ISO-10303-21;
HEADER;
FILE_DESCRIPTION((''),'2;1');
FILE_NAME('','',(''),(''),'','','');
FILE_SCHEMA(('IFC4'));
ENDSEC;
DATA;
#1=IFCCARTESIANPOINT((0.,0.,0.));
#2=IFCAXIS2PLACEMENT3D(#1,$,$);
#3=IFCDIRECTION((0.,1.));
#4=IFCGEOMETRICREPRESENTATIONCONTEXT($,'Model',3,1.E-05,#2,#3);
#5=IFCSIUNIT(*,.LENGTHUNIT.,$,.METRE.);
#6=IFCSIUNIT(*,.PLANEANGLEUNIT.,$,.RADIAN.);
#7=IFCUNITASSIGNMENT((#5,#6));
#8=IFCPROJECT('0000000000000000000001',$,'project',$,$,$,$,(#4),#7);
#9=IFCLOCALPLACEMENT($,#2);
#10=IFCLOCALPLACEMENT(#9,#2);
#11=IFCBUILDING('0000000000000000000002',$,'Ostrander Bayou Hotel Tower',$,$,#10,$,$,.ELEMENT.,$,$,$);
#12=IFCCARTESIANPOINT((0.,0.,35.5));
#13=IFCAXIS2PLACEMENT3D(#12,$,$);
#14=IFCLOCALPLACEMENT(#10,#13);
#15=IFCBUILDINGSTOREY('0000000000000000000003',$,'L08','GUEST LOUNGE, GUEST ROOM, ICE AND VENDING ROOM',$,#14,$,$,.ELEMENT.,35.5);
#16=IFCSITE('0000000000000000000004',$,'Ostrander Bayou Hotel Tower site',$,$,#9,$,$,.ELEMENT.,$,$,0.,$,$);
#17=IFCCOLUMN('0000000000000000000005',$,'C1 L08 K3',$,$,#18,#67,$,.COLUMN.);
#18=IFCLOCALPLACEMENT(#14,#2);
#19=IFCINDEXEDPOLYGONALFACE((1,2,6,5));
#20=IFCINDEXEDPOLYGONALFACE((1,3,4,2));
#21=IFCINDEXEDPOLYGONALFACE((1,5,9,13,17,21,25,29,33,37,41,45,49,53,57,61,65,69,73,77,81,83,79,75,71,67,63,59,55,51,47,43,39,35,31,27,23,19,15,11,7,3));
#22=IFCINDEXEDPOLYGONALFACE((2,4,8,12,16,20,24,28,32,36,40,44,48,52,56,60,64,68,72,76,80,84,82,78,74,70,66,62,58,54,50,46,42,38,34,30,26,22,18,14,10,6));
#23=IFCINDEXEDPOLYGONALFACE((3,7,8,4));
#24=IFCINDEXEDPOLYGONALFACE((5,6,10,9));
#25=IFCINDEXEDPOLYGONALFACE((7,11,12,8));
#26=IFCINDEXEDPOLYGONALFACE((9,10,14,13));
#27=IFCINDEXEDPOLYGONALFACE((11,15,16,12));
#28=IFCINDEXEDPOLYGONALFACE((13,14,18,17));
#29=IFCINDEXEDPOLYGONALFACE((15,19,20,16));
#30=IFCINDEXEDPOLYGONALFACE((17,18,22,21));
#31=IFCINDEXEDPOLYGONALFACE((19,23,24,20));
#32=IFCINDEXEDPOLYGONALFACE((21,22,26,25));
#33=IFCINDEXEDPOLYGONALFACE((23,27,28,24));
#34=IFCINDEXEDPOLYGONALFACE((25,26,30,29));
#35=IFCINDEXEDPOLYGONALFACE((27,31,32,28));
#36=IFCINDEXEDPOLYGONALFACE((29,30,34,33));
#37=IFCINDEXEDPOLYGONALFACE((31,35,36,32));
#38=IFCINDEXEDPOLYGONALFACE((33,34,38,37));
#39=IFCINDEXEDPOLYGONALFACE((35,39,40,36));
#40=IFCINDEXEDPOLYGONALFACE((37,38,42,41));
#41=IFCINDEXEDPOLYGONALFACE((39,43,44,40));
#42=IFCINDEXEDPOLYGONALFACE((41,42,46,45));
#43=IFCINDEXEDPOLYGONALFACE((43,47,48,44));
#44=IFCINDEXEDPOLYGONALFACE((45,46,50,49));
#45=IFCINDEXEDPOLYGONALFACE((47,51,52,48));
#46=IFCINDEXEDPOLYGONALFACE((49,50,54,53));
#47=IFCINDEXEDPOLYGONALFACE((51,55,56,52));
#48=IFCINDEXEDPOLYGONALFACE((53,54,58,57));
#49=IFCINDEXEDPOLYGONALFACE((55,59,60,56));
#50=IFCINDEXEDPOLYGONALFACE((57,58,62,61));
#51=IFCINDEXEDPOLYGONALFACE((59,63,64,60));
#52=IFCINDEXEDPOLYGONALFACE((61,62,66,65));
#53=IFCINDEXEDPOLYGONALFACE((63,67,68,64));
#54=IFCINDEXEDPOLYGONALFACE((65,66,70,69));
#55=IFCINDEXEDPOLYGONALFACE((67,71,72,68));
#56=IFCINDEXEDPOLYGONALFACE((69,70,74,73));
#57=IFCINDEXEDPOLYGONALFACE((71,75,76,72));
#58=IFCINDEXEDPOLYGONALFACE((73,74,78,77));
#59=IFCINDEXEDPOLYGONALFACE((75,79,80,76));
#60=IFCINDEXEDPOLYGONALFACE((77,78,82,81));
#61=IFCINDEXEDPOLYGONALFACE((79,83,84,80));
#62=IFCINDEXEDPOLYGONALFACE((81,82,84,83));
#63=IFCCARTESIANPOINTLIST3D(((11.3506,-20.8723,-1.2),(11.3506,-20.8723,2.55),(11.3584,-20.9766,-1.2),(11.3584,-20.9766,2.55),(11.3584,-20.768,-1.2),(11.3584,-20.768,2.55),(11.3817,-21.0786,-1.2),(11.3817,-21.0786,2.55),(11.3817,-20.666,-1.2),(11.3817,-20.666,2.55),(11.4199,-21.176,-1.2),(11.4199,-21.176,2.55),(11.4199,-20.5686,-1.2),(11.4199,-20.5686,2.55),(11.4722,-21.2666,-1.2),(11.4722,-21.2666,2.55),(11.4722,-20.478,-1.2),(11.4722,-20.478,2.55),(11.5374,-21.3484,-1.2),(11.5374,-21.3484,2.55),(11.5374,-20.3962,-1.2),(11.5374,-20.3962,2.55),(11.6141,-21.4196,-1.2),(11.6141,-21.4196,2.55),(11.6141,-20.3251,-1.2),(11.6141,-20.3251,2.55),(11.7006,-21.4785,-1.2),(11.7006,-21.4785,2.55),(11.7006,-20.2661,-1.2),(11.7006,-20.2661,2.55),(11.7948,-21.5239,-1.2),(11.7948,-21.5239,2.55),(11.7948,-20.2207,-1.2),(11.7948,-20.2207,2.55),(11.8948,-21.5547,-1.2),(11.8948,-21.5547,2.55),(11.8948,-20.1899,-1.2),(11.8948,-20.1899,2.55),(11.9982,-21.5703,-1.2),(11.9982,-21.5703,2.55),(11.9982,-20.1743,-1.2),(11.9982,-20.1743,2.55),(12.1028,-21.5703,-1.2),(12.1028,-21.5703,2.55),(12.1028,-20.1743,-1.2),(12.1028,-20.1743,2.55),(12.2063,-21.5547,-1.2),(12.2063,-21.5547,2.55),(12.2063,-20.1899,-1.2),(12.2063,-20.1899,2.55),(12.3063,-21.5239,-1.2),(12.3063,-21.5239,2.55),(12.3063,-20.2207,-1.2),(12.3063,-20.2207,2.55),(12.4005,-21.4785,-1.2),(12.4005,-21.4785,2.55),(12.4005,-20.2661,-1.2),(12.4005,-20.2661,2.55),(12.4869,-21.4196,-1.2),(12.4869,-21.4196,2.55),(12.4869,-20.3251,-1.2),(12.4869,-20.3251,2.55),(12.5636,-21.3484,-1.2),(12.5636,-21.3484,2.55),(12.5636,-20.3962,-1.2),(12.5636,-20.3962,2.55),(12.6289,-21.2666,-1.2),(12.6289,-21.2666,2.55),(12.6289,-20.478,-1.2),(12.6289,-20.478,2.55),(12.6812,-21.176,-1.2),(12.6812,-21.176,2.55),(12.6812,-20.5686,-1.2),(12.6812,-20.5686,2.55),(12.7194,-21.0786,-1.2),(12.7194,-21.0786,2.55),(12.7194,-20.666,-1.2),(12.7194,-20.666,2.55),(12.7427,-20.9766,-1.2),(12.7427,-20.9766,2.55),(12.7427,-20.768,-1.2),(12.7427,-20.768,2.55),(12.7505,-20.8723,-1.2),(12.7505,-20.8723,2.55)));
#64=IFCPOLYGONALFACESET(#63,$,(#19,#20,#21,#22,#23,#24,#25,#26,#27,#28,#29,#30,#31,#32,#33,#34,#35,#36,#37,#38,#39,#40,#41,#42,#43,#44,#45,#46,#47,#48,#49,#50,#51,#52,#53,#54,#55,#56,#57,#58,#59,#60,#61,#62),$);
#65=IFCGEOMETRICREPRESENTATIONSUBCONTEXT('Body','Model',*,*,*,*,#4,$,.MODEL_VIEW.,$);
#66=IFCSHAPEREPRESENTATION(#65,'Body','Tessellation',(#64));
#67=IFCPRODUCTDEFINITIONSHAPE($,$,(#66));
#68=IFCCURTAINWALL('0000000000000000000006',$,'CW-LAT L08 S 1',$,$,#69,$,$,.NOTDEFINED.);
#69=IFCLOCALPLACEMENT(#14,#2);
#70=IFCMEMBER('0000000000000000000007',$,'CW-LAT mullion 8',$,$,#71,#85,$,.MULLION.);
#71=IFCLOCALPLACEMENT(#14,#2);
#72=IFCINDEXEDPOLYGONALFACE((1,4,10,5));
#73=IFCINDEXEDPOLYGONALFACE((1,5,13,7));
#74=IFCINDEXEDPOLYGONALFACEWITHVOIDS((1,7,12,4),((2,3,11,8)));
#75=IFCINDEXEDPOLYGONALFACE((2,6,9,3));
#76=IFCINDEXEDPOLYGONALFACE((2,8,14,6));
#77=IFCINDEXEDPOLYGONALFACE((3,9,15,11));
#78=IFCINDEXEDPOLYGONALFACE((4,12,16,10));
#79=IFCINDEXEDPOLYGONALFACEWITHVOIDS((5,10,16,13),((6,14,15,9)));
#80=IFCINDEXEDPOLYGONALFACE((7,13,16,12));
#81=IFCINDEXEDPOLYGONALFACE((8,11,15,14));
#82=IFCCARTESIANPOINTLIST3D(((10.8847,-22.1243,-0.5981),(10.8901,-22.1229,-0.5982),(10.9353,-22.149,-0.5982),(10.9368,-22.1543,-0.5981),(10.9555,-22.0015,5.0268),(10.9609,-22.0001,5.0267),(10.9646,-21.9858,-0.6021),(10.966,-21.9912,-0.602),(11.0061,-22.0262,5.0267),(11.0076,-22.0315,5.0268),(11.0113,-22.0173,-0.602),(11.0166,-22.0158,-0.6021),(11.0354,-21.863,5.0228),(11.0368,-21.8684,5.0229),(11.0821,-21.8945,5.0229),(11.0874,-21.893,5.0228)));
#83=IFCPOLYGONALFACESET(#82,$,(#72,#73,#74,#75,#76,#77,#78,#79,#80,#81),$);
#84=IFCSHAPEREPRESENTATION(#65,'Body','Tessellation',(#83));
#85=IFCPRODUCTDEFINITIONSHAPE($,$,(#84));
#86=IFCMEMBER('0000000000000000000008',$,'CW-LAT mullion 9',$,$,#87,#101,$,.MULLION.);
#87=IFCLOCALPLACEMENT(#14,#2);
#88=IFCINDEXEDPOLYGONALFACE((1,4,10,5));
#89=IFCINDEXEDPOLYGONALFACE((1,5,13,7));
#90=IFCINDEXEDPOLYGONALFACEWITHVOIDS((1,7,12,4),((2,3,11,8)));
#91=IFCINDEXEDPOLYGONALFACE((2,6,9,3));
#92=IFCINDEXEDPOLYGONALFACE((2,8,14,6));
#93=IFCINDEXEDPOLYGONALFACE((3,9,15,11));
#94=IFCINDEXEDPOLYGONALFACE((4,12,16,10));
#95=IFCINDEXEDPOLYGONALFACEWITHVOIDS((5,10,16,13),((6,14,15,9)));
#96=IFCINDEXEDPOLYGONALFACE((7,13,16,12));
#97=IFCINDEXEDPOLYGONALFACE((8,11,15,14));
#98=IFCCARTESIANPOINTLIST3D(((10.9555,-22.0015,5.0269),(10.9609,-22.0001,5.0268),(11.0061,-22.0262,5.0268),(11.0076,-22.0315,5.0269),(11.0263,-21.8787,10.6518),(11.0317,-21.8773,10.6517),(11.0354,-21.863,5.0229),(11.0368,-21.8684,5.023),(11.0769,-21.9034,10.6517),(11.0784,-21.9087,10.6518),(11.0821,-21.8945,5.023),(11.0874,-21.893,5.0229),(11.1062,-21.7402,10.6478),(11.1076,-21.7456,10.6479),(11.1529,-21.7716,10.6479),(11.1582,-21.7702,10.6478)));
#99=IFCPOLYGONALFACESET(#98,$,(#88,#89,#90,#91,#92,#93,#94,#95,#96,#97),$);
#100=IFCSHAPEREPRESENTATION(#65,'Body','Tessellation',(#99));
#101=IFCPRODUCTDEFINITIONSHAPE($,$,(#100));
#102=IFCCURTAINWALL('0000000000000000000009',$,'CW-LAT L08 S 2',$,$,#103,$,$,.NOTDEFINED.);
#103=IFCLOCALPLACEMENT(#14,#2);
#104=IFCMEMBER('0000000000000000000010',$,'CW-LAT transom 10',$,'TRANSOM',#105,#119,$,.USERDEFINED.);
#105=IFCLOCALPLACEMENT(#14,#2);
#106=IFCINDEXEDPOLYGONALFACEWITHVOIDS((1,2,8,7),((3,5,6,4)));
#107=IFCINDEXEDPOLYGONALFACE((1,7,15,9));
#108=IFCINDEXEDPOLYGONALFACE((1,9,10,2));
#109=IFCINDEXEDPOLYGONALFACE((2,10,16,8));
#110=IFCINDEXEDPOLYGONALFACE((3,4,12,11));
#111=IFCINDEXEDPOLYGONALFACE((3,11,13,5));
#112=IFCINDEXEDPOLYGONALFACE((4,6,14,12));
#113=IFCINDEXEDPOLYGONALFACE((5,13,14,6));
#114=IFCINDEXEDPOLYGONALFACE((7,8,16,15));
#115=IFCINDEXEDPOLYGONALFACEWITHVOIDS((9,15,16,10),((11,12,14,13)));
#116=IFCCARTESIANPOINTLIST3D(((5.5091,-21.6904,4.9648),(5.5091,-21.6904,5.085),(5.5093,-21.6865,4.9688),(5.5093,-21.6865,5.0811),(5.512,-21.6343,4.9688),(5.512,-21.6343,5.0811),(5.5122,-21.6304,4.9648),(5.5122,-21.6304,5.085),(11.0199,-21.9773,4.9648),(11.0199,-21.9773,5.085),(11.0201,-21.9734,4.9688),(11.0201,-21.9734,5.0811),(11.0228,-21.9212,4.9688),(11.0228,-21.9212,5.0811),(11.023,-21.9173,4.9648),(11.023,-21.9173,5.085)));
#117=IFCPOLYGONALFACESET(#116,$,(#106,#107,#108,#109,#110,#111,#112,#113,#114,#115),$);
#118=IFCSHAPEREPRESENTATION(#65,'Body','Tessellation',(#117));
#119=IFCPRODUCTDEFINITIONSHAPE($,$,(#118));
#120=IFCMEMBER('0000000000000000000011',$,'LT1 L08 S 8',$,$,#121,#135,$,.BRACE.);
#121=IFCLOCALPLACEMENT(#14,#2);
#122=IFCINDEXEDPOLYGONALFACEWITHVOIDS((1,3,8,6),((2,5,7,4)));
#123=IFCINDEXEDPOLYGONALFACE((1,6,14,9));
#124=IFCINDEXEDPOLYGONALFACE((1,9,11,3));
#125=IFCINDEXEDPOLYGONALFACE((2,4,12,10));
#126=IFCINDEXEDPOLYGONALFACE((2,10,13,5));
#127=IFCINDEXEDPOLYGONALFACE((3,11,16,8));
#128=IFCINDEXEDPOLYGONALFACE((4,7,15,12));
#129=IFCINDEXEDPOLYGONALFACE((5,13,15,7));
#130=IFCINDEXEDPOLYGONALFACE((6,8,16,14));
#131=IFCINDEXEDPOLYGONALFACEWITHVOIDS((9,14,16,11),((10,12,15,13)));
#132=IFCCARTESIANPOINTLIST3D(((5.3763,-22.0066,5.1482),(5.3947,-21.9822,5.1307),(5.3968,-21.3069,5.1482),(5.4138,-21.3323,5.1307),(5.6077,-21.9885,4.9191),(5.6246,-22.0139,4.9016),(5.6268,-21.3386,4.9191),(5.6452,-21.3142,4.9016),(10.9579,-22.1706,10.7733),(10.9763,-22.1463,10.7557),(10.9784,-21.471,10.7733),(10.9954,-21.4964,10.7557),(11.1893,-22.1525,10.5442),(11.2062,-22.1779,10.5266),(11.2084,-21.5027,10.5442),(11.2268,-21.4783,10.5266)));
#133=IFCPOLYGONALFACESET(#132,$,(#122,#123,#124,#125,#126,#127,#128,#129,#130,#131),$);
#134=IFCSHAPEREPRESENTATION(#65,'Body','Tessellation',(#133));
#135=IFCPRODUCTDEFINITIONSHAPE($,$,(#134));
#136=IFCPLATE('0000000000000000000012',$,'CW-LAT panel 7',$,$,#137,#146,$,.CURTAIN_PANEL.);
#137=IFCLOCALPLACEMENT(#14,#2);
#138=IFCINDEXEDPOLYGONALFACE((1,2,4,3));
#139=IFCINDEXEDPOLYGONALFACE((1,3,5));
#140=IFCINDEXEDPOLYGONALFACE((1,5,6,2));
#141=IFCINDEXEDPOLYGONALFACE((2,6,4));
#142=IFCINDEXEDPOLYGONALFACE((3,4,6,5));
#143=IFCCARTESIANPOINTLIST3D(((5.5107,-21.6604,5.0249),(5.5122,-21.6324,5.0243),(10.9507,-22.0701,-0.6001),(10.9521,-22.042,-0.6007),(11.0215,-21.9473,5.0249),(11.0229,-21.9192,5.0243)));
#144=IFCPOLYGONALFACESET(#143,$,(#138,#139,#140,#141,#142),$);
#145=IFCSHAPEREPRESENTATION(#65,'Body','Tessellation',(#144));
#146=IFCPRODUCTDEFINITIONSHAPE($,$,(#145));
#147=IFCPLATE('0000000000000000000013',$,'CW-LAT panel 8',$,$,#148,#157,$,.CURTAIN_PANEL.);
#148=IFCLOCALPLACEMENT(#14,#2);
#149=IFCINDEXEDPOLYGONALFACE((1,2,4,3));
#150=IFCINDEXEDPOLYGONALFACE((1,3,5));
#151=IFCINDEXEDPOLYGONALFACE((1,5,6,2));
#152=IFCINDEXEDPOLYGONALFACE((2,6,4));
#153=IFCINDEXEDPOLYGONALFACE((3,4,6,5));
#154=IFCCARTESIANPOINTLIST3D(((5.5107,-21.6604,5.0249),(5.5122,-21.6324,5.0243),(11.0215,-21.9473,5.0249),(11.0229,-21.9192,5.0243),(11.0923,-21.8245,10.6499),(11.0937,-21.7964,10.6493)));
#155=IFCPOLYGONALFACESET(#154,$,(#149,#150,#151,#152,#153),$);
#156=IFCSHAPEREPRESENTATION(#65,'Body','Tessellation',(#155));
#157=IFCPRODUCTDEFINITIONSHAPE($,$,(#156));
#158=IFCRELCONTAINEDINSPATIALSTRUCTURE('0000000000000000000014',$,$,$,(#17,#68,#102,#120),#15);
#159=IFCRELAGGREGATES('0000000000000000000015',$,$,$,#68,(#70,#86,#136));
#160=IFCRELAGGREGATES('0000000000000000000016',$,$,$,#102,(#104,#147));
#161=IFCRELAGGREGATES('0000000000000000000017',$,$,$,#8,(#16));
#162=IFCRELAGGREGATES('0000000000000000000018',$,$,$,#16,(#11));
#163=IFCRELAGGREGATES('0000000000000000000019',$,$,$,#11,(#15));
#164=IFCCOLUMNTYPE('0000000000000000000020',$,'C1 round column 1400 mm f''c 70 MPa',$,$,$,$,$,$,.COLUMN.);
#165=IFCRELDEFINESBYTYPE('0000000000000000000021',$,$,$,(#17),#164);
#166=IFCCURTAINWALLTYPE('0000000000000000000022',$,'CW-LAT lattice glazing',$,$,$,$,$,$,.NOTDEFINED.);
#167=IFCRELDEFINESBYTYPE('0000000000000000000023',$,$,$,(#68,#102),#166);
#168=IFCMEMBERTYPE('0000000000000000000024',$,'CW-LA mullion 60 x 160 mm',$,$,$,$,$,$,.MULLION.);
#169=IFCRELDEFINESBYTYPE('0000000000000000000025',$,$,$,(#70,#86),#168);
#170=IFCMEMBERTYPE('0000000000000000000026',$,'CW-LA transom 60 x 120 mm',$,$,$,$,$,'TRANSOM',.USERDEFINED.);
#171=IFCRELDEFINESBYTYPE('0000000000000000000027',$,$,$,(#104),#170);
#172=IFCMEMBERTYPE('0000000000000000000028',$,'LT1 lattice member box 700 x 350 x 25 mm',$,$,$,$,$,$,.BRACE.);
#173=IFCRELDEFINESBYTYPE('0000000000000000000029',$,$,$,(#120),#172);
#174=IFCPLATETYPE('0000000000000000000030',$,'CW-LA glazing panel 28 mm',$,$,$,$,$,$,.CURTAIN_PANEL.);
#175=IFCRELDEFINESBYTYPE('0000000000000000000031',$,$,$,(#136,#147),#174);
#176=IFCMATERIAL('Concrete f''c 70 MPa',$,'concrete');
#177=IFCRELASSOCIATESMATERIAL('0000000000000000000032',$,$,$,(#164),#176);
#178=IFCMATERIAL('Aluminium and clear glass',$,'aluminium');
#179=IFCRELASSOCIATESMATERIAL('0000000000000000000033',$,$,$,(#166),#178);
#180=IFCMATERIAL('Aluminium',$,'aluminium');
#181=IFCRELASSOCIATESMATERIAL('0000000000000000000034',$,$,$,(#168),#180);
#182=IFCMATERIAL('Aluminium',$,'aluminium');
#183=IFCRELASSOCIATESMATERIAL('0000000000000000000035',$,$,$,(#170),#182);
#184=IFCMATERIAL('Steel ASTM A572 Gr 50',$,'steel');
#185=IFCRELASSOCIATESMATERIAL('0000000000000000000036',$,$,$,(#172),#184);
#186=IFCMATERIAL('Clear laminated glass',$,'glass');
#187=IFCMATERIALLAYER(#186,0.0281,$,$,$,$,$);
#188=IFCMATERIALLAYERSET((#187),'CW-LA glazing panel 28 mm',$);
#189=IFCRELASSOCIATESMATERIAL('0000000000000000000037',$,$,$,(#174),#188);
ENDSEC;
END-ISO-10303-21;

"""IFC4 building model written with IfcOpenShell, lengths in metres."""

from ifc_helpers import new_model, si_unit, direction, frame, origin, origin_2d, place, context, subcontext, project, spatial, polyline, hollow_rectangle, circle, outline, extrude, material, layer, layer_set, material_profile, profile_set, type_object, element, aggregate, save


model = new_model("IFC4")

# Units and contexts
model_context = context("Model", 3, precision=1e-05, world=origin(), true_north=direction((0.0, 1.0)))
body_context = subcontext(model_context, "Body", "Model", "MODEL_VIEW")
ifc_project = project(units=[si_unit("LENGTHUNIT", "METRE"), si_unit("PLANEANGLEUNIT", "RADIAN")], contexts=[model_context])

# Site, building, storey
site_placement = place(None, origin())
site = spatial("IfcSite", under=ifc_project, at=site_placement, Name="Ostrander Bayou Hotel Tower site", CompositionType="ELEMENT", RefElevation=0.0)
building_placement = place(site_placement, origin())
building = spatial("IfcBuilding", under=site, at=building_placement, Name="Ostrander Bayou Hotel Tower", CompositionType="ELEMENT")
storey_placement = place(building_placement, frame((0.0, 0.0, 35.5)))
storey = spatial("IfcBuildingStorey", under=building, at=storey_placement, Name="L08", Description="GUEST LOUNGE, GUEST ROOM, ICE AND VENDING ROOM", CompositionType="ELEMENT", Elevation=35.5)

# Column
ifc_material_1 = material(Name="Concrete f'c 70 MPa", Category="concrete")
ifc_material_profile_1 = material_profile(ifc_material_1, circle(Radius=0.7, at=origin_2d()))
ifc_profile_set_1 = profile_set([ifc_material_profile_1], Name="Concrete f'c 70 MPa")
column_type = type_object("IfcColumnType", Name="C1 round column 1400 mm f'c 70 MPa", PredefinedType="COLUMN", material=ifc_profile_set_1)
column_placement = place(storey_placement, frame((12.0505, -20.8723, -1.2), z_axis=(0.0, 0.0, 1.0), x_axis=(1.0, 0.0, 0.0)))
element("IfcColumn", 1, at=column_placement, inside=storey, type_object=column_type, Name="C1 L08 K3", PredefinedType="COLUMN", context=body_context, shape_type="SweptSolid", body=[
    extrude(circle(Radius=0.7, at=origin_2d()), origin(), (0.0, 0.0, 1.0), 3.75),
])

# Curtain wall, members
ifc_material_2 = material(Name="Aluminium and clear glass", Category="aluminium")
curtain_wall_type = type_object("IfcCurtainWallType", Name="CW-LAT lattice glazing", PredefinedType="NOTDEFINED", material=ifc_material_2)
curtain_wall_1_placement = place(storey_placement, origin())
curtain_wall_1 = element("IfcCurtainWall", 2, at=curtain_wall_1_placement, inside=storey, type_object=curtain_wall_type, Name="CW-LAT L08 S 1", PredefinedType="NOTDEFINED")
ifc_material_3 = material(Name="Aluminium", Category="aluminium")
ifc_material_profile_2 = material_profile(ifc_material_3, hollow_rectangle(XDim=0.0601, YDim=0.1599, WallThickness=0.0039, at=origin_2d()))
ifc_profile_set_2 = profile_set([ifc_material_profile_2], Name="Aluminium")
member_type_1 = type_object("IfcMemberType", Name="CW-LA mullion 60 x 160 mm", PredefinedType="MULLION", material=ifc_profile_set_2)
member_1_placement = place(storey_placement, frame((10.9507, -22.0701, -0.6001), z_axis=(0.012583, 0.021825, 0.999683), x_axis=(-0.866329, 0.499474, 0.0)))
member_1 = element("IfcMember", 3, at=member_1_placement, type_object=member_type_1, Name="CW-LAT mullion 8", PredefinedType="MULLION", context=body_context, shape_type="SweptSolid", body=[
    extrude(hollow_rectangle(XDim=0.0601, YDim=0.1599, WallThickness=0.0039, at=origin_2d()), origin(), (0.0, 0.0, 1.0), 5.6267),
])
member_2_placement = place(storey_placement, frame((11.0215, -21.9473, 5.0249), z_axis=(0.012583, 0.021825, 0.999683), x_axis=(-0.866329, 0.499474, 0.0)))
member_2 = element("IfcMember", 4, at=member_2_placement, type_object=member_type_1, Name="CW-LAT mullion 9", PredefinedType="MULLION", context=body_context, shape_type="SweptSolid", body=[
    extrude(hollow_rectangle(XDim=0.0601, YDim=0.1599, WallThickness=0.0039, at=origin_2d()), origin(), (0.0, 0.0, 1.0), 5.6267),
])

# Curtain wall, member
curtain_wall_2_placement = place(storey_placement, origin())
curtain_wall_2 = element("IfcCurtainWall", 5, at=curtain_wall_2_placement, inside=storey, type_object=curtain_wall_type, Name="CW-LAT L08 S 2", PredefinedType="NOTDEFINED")
ifc_material_4 = material(Name="Aluminium", Category="aluminium")
ifc_material_profile_3 = material_profile(ifc_material_4, hollow_rectangle(XDim=0.0601, YDim=0.1201, WallThickness=0.0039, at=origin_2d()))
ifc_profile_set_3 = profile_set([ifc_material_profile_3], Name="Aluminium")
member_type_2 = type_object("IfcMemberType", Name="CW-LA transom 60 x 120 mm", ElementType="TRANSOM", PredefinedType="USERDEFINED", material=ifc_profile_set_3)
member_3_placement = place(storey_placement, frame((11.0215, -21.9473, 5.0249), z_axis=(-0.998648, 0.051985, 0.0), x_axis=(-0.051985, -0.998648, 0.0)))
member_3 = element("IfcMember", 6, at=member_3_placement, type_object=member_type_2, Name="CW-LAT transom 10", ObjectType="TRANSOM", PredefinedType="USERDEFINED", context=body_context, shape_type="SweptSolid", body=[
    extrude(hollow_rectangle(XDim=0.0601, YDim=0.1201, WallThickness=0.0039, at=origin_2d()), origin(), (0.0, 0.0, 1.0), 5.5183),
])

# Member
ifc_material_5 = material(Name="Steel ASTM A572 Gr 50", Category="steel")
ifc_material_profile_4 = material_profile(ifc_material_5, hollow_rectangle(XDim=0.7, YDim=0.3501, WallThickness=0.0249, at=origin_2d()))
ifc_profile_set_4 = profile_set([ifc_material_profile_4], Name="Steel ASTM A572 Gr 50")
member_type_3 = type_object("IfcMemberType", Name="LT1 lattice member box 700 x 350 x 25 mm", PredefinedType="BRACE", material=ifc_profile_set_4)
member_4_placement = place(storey_placement, frame((5.5107, -21.6604, 5.0249), z_axis=(0.704209, -0.020699, 0.709691), x_axis=(0.029381, 0.999568, 0.0)))
element("IfcMember", 7, at=member_4_placement, inside=storey, type_object=member_type_3, Name="LT1 L08 S 8", PredefinedType="BRACE", context=body_context, shape_type="SweptSolid", body=[
    extrude(hollow_rectangle(XDim=0.7, YDim=0.3501, WallThickness=0.0249, at=origin_2d()), origin(), (0.0, 0.0, 1.0), 7.926),
])

# Plates
ifc_material_6 = material(Name="Clear laminated glass", Category="glass")
ifc_layer_1 = layer(ifc_material_6, 0.0281)
ifc_layer_set_1 = layer_set([ifc_layer_1], Name="CW-LA glazing panel 28 mm")
plate_type = type_object("IfcPlateType", Name="CW-LA glazing panel 28 mm", PredefinedType="CURTAIN_PANEL", material=ifc_layer_set_1)
plate_1_placement = place(storey_placement, frame((5.5107, -21.6604, 5.0249), z_axis=(-0.051972, -0.998396, 0.022451), x_axis=(0.694233, -0.052281, -0.717849)))
plate_1 = element("IfcPlate", 8, at=plate_1_placement, type_object=plate_type, Name="CW-LAT panel 7", PredefinedType="CURTAIN_PANEL", context=body_context, shape_type="SweptSolid", body=[
    extrude(outline(polyline([(0.0, 0.0), (7.8359, 0.0), (3.8407, 3.9622), (0.0, 0.0)])), origin(), (0.0, 0.0, -1.0), 0.0281),
])
aggregate(curtain_wall_1, [member_1, member_2, plate_1])
plate_2_placement = place(storey_placement, frame((5.5107, -21.6604, 5.0249), z_axis=(-0.051972, -0.998396, 0.022451), x_axis=(0.704209, -0.020699, 0.709691)))
plate_2 = element("IfcPlate", 9, at=plate_2_placement, type_object=plate_type, Name="CW-LAT panel 8", PredefinedType="CURTAIN_PANEL", context=body_context, shape_type="SweptSolid", body=[
    extrude(outline(polyline([(0.0, 0.0), (7.926, 0.0), (3.8866, -3.9172), (0.0, 0.0)])), origin(), (0.0, 0.0, -1.0), 0.0281),
])
aggregate(curtain_wall_2, [member_3, plate_2])

save(model, "model.ifc")
